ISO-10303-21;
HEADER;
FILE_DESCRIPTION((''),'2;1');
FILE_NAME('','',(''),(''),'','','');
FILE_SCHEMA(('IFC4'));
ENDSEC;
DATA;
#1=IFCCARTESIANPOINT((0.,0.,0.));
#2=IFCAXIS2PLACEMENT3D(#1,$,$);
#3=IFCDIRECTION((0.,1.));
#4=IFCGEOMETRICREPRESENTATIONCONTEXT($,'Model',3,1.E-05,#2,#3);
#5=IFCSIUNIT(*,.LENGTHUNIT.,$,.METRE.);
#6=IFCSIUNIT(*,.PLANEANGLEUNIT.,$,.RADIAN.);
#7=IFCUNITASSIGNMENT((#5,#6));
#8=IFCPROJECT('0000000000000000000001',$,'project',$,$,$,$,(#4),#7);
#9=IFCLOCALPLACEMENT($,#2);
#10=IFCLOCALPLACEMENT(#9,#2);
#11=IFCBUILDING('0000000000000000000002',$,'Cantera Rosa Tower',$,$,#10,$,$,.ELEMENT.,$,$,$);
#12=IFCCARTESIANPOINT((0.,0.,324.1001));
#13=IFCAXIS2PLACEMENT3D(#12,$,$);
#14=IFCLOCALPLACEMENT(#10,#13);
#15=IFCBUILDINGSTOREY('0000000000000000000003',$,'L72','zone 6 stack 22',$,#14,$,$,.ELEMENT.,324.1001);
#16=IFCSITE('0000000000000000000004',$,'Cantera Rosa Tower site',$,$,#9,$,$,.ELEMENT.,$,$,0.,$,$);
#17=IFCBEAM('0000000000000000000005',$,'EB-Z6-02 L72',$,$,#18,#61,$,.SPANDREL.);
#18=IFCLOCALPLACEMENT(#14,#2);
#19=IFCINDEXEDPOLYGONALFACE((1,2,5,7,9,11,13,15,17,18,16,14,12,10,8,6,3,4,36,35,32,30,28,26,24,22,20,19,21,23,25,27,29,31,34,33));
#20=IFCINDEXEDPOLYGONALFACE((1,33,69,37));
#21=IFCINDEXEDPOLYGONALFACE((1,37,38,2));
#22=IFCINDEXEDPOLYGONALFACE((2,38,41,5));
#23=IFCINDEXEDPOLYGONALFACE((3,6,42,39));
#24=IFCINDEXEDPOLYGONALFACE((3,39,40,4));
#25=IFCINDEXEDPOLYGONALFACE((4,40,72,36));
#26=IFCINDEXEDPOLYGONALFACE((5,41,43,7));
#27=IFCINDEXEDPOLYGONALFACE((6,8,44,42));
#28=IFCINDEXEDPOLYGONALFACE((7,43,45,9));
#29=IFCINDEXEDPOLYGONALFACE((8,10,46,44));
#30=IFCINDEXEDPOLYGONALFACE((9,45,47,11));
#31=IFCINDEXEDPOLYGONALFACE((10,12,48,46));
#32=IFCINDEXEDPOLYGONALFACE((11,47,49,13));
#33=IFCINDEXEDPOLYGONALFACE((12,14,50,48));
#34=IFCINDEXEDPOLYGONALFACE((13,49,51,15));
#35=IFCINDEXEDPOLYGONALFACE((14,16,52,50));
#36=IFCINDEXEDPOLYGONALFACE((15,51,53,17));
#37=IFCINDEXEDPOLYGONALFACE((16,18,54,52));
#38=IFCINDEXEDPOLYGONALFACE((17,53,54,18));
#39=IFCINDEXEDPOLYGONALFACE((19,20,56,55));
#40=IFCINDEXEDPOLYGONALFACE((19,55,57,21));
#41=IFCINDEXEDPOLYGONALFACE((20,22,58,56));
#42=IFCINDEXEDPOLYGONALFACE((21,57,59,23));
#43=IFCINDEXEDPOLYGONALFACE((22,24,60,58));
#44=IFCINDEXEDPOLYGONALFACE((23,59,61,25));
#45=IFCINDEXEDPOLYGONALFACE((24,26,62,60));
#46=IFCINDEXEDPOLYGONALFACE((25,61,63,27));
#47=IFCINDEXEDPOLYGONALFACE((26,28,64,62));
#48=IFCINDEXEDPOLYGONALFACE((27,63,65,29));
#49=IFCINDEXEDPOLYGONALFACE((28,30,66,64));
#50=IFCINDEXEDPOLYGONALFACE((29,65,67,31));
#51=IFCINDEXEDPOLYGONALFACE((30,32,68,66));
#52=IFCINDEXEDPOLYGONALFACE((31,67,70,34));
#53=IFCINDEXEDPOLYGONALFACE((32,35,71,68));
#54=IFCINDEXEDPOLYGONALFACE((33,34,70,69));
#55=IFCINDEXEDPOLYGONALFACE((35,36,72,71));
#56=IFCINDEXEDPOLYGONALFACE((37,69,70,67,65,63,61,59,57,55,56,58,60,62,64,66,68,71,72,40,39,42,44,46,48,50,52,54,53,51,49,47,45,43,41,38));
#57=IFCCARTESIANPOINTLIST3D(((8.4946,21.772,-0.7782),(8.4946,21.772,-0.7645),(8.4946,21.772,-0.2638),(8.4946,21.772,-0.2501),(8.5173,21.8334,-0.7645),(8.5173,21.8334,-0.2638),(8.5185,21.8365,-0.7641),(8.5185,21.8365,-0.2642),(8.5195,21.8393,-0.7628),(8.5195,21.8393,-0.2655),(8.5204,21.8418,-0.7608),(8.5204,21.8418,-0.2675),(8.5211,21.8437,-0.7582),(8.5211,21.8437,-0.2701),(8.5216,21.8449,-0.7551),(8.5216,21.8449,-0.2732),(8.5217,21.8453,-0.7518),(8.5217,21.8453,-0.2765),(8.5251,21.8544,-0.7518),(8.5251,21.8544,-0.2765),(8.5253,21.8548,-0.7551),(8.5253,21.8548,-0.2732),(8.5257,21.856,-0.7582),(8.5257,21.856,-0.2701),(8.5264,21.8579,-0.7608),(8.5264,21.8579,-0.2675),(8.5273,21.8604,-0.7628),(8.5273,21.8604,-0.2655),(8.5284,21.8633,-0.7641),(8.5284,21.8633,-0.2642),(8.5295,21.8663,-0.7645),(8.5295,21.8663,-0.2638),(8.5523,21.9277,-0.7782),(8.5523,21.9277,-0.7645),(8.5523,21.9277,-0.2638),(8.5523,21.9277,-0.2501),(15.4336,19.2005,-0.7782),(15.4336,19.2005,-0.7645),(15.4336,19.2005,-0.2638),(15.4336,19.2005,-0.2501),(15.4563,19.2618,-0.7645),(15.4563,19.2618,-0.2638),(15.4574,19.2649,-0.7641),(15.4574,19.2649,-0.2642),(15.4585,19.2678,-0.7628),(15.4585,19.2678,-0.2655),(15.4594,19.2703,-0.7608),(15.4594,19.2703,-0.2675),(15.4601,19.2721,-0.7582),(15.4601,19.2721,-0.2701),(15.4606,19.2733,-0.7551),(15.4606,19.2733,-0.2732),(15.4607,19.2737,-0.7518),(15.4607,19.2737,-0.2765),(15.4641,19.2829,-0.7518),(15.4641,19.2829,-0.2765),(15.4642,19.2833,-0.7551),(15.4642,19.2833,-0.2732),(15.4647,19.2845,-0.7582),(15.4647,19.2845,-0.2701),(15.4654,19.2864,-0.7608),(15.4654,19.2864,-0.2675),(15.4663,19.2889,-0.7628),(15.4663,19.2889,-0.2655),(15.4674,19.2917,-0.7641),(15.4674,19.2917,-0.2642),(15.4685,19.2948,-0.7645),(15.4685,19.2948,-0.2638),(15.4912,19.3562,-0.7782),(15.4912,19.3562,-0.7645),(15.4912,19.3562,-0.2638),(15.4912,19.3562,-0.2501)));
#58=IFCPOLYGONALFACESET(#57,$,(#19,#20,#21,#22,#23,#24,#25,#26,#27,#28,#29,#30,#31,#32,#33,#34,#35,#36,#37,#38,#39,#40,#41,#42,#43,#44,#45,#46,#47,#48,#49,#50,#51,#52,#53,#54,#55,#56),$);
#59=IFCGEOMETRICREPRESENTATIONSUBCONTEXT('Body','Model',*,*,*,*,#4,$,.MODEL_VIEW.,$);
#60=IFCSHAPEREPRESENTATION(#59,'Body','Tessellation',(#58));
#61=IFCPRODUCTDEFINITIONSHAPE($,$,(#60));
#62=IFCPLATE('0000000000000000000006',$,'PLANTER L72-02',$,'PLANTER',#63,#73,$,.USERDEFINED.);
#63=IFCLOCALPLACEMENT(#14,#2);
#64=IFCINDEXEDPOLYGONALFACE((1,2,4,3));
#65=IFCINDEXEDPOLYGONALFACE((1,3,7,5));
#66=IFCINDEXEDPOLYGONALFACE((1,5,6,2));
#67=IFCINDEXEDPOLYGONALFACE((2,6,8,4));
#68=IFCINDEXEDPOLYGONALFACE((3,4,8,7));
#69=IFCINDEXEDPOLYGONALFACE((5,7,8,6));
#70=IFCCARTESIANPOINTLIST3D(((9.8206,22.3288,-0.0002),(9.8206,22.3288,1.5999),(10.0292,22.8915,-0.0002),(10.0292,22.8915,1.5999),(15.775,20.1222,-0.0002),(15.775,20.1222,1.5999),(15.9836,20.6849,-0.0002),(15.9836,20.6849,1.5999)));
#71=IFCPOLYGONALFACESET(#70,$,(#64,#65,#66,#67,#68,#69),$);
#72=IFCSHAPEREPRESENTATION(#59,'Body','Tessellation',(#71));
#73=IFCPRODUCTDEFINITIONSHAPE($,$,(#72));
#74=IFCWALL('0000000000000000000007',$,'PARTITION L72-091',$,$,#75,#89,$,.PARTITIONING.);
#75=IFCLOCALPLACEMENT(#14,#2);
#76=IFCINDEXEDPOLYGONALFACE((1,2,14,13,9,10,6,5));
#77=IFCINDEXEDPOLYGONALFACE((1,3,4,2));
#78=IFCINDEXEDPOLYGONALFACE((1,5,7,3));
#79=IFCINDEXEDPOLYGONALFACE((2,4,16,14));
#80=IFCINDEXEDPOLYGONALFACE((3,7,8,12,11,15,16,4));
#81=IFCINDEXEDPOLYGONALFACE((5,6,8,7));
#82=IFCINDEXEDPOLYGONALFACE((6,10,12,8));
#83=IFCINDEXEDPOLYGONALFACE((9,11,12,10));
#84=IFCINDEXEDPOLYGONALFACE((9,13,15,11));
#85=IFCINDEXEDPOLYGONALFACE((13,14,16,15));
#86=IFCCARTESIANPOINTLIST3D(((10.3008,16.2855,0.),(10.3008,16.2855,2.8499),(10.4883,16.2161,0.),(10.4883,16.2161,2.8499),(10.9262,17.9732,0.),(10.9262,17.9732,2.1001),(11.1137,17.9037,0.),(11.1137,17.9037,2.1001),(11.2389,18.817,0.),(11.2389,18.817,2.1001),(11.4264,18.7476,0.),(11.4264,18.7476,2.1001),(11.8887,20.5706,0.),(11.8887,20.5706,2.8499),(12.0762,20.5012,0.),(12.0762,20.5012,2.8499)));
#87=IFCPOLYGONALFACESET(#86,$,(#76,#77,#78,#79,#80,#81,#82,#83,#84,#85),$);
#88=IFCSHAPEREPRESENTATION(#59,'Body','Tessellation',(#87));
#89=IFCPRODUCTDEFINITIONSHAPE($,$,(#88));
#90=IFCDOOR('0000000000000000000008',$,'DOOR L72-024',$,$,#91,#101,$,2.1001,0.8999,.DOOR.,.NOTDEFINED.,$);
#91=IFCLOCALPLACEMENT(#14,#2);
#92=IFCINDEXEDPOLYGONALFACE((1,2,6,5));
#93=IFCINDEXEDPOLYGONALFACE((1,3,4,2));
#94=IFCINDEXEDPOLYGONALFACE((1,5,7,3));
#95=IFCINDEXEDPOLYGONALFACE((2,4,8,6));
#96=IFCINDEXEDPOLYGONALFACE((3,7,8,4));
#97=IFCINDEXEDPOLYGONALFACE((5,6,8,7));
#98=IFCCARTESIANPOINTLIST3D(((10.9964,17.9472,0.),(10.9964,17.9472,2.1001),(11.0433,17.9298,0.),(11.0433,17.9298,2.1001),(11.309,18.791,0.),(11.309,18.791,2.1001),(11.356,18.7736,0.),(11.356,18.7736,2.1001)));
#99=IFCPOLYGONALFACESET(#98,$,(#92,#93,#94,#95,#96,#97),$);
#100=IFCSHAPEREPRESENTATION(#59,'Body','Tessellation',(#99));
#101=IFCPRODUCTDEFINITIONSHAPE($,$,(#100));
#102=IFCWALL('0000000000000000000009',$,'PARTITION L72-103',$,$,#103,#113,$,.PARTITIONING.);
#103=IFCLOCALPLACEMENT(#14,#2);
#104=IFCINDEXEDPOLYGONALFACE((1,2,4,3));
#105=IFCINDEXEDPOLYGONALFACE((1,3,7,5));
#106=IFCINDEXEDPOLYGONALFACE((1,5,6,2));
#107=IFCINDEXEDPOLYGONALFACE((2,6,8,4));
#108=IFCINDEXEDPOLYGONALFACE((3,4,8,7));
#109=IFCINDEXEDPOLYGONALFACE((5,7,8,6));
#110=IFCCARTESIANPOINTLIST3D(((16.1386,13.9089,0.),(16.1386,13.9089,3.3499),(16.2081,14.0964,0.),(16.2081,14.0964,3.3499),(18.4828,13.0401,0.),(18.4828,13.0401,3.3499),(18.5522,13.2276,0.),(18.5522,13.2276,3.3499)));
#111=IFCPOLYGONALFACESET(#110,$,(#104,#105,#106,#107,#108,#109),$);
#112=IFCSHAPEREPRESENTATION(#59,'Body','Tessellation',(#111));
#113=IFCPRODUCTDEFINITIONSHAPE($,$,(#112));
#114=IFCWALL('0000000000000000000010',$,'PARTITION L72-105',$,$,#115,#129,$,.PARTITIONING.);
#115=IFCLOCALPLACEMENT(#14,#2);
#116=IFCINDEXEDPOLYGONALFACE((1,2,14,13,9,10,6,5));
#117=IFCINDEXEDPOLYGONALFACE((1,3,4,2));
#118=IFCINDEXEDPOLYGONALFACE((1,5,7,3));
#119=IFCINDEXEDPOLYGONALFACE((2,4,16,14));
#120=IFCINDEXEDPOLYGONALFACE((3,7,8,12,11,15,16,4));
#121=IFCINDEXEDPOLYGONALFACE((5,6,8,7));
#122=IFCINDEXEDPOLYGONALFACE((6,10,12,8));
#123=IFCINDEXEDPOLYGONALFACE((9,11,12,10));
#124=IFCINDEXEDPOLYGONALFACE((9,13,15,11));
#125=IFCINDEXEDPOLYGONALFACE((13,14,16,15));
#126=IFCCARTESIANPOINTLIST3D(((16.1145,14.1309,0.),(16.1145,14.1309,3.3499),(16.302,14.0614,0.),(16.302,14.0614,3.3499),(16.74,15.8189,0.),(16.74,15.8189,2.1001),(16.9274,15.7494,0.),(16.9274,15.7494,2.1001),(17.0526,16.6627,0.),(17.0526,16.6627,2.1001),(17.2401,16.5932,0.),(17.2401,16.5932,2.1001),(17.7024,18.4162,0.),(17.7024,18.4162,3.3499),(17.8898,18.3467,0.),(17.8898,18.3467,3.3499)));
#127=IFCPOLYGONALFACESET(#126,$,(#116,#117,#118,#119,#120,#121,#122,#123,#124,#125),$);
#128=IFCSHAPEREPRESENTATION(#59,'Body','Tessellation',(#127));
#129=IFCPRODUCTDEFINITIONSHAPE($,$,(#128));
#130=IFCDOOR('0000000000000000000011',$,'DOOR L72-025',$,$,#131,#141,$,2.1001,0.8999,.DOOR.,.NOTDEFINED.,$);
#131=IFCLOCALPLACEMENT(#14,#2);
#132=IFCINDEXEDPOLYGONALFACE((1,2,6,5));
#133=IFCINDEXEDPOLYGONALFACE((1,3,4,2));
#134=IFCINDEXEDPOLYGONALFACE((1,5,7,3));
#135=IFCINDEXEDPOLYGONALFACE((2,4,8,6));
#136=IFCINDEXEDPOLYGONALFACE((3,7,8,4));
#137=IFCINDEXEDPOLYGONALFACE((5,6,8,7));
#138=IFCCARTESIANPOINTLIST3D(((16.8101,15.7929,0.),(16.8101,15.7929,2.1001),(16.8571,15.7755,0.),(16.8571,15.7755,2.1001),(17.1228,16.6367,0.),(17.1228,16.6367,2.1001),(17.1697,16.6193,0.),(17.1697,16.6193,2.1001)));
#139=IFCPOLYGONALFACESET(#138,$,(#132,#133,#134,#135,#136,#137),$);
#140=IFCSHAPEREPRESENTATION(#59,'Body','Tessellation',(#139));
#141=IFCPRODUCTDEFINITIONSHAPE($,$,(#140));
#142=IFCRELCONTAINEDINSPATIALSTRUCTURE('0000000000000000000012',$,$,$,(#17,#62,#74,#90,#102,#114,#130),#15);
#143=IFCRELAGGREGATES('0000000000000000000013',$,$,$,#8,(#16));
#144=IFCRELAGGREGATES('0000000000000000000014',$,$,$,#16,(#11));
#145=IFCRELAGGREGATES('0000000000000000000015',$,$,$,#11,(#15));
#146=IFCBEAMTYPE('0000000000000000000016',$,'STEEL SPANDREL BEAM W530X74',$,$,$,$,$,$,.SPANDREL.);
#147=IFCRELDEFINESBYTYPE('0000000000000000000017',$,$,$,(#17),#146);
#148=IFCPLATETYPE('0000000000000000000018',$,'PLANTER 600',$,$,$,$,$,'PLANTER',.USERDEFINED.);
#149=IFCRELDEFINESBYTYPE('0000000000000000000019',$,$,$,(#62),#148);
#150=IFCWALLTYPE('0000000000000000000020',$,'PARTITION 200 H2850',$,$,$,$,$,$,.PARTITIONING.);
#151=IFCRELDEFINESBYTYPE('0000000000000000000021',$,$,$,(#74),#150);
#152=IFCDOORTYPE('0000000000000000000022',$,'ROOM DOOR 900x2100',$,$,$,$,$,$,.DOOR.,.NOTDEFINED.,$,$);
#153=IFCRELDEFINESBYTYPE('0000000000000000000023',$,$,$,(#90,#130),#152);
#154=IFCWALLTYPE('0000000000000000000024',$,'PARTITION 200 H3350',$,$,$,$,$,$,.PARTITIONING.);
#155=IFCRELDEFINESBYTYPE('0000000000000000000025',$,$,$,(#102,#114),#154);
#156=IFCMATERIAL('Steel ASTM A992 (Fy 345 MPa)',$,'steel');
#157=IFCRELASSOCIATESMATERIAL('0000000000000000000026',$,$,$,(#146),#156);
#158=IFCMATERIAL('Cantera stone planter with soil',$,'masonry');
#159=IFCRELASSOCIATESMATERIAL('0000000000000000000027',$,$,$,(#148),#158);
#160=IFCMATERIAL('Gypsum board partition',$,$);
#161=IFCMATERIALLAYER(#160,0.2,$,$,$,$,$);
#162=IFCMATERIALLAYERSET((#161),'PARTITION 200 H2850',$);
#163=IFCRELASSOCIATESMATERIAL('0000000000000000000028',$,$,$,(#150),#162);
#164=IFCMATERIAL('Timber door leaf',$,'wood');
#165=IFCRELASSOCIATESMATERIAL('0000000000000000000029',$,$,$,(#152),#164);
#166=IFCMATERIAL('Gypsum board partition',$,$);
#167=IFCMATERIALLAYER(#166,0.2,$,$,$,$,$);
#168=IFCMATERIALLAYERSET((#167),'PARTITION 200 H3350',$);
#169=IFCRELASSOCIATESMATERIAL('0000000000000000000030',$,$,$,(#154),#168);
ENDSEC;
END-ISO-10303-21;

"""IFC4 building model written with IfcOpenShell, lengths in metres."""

from ifc_helpers import new_model, si_unit, direction, frame, frame_2d, origin, origin_2d, place, context, subcontext, project, spatial, rectangle, i_section, extrude, material, layer, layer_set, material_profile, profile_set, type_object, element, fill, save


model = new_model("IFC4")

# Units and contexts
model_context = context("Model", 3, precision=1e-05, world=origin(), true_north=direction((0.0, 1.0)))
body_context = subcontext(model_context, "Body", "Model", "MODEL_VIEW")
ifc_project = project(units=[si_unit("LENGTHUNIT", "METRE"), si_unit("PLANEANGLEUNIT", "RADIAN")], contexts=[model_context])

# Site, building, storey
site_placement = place(None, origin())
site = spatial("IfcSite", under=ifc_project, at=site_placement, Name="Cantera Rosa Tower site", CompositionType="ELEMENT", RefElevation=0.0)
building_placement = place(site_placement, origin())
building = spatial("IfcBuilding", under=site, at=building_placement, Name="Cantera Rosa Tower", CompositionType="ELEMENT")
storey_placement = place(building_placement, frame((0.0, 0.0, 324.1001)))
storey = spatial("IfcBuildingStorey", under=building, at=storey_placement, Name="L72", Description="zone 6 stack 22", CompositionType="ELEMENT", Elevation=324.1001)

# Beam
ifc_material_1 = material(Name="Steel ASTM A992 (Fy 345 MPa)", Category="steel")
ifc_material_profile_1 = material_profile(ifc_material_1, i_section(OverallWidth=0.166, OverallDepth=0.5281, WebThickness=0.0098, FlangeThickness=0.0137, FilletRadius=0.0127, at=origin_2d()), Name="W530X74")
ifc_profile_set_1 = profile_set([ifc_material_profile_1], Name="Steel ASTM A992 (Fy 345 MPa)")
beam_type_1 = type_object("IfcBeamType", Name="STEEL SPANDREL BEAM W530X74", PredefinedType="SPANDREL", material=ifc_profile_set_1)
beam_1_placement = place(storey_placement, frame((15.4624, 19.2783, -0.5142), z_axis=(-0.937681, 0.347498, 0.0), x_axis=(-0.347498, -0.937681, 0.0)))
element("IfcBeam", 1, at=beam_1_placement, inside=storey, type_object=beam_type_1, Name="EB-Z6-02 L72", PredefinedType="SPANDREL", context=body_context, shape_type="SweptSolid", body=[
    extrude(i_section(OverallWidth=0.166, OverallDepth=0.5281, WebThickness=0.0098, FlangeThickness=0.0137, FilletRadius=0.0127, at=origin_2d()), origin(), (0.0, 0.0, 1.0), 7.4001),
])

# Plate
ifc_material_2 = material(Name="Cantera stone planter with soil", Category="masonry")
plate_type = type_object("IfcPlateType", Name="PLANTER 600", ElementType="PLANTER", PredefinedType="USERDEFINED", material=ifc_material_2)
plate_placement = place(storey_placement, frame((12.9021, 21.5068, -0.0002), z_axis=(0.0, 0.0, 1.0), x_axis=(-0.937687, 0.347481, 0.0)))
element("IfcPlate", 2, at=plate_placement, inside=storey, type_object=plate_type, Name="PLANTER L72-02", ObjectType="PLANTER", PredefinedType="USERDEFINED", context=body_context, shape_type="SweptSolid", body=[
    extrude(rectangle(XDim=6.3501, YDim=0.6001, at=origin_2d()), origin(), (0.0, 0.0, 1.0), 1.6001),
])

# Wall, opening, door
ifc_material_3 = material(Name="Gypsum board partition")
ifc_layer_1 = layer(ifc_material_3, 0.2)
ifc_layer_set_1 = layer_set([ifc_layer_1], Name="PARTITION 200 H2850")
wall_type_1 = type_object("IfcWallType", Name="PARTITION 200 H2850", PredefinedType="PARTITIONING", material=ifc_layer_set_1)
wall_1_placement = place(storey_placement, frame((11.9824, 20.5359, 0.0), z_axis=(0.0, 0.0, 1.0), x_axis=(-0.347467, -0.937692, 0.0)))
wall_1 = element("IfcWall", 3, at=wall_1_placement, inside=storey, type_object=wall_type_1, Name="PARTITION L72-091", PredefinedType="PARTITIONING", context=body_context, shape_type="SweptSolid", body=[
    extrude(rectangle(XDim=4.5698, YDim=0.2, at=frame_2d((2.2849, 0.0))), origin(), (0.0, 0.0, 1.0), 2.8499),
])
opening_1_placement = place(wall_1_placement, frame((1.8701, 0.0, 0.0)))
opening_1 = element("IfcOpeningElement", 4, at=opening_1_placement, cuts=wall_1, PredefinedType="OPENING", context=body_context, shape_type="SweptSolid", body=[
    extrude(rectangle(XDim=0.8999, YDim=2.1001, at=frame_2d((0.45, 1.05))), frame((0.0, 0.1099, 0.0), z_axis=(0.0, -1.0, 0.0), x_axis=(1.0, 0.0, 0.0)), (0.0, 0.0, 1.0), 0.22),
])
ifc_material_4 = material(Name="Timber door leaf", Category="wood")
door_type_1 = type_object("IfcDoorType", Name="ROOM DOOR 900x2100", OperationType="NOTDEFINED", PredefinedType="DOOR", material=ifc_material_4)
door_1_placement = place(opening_1_placement, origin())
door_1 = element("IfcDoor", 5, at=door_1_placement, inside=storey, type_object=door_type_1, Name="DOOR L72-024", OperationType="NOTDEFINED", OverallHeight=2.1001, OverallWidth=0.8999, PredefinedType="DOOR", context=body_context, shape_type="SweptSolid", body=[
    extrude(rectangle(XDim=0.8999, YDim=2.1001, at=frame_2d((0.45, 1.05))), frame((0.0, 0.0249, 0.0), z_axis=(0.0, -1.0, 0.0), x_axis=(1.0, 0.0, 0.0)), (0.0, 0.0, 1.0), 0.05),
])
fill(opening_1, door_1)

# Wall
ifc_material_5 = material(Name="Gypsum board partition")
ifc_layer_2 = layer(ifc_material_5, 0.2)
ifc_layer_set_2 = layer_set([ifc_layer_2], Name="PARTITION 200 H3350")
wall_type_2 = type_object("IfcWallType", Name="PARTITION 200 H3350", PredefinedType="PARTITIONING", material=ifc_layer_set_2)
wall_2_placement = place(storey_placement, frame((16.1733, 14.0027, 0.0), z_axis=(0.0, 0.0, 1.0), x_axis=(0.937663, -0.347547, 0.0)))
element("IfcWall", 6, at=wall_2_placement, inside=storey, type_object=wall_type_2, Name="PARTITION L72-103", PredefinedType="PARTITIONING", context=body_context, shape_type="SweptSolid", body=[
    extrude(rectangle(XDim=2.5, YDim=0.2, at=frame_2d((1.25, 0.0))), origin(), (0.0, 0.0, 1.0), 3.3499),
])

# Wall, opening, door
wall_3_placement = place(storey_placement, frame((17.7961, 18.3816, 0.0), z_axis=(0.0, 0.0, 1.0), x_axis=(-0.34745, -0.937698, 0.0)))
wall_3 = element("IfcWall", 7, at=wall_3_placement, inside=storey, type_object=wall_type_2, Name="PARTITION L72-105", PredefinedType="PARTITIONING", context=body_context, shape_type="SweptSolid", body=[
    extrude(rectangle(XDim=4.5701, YDim=0.2, at=frame_2d((2.2852, 0.0))), origin(), (0.0, 0.0, 1.0), 3.3499),
])
opening_2_placement = place(wall_3_placement, frame((1.8701, 0.0, 0.0)))
opening_2 = element("IfcOpeningElement", 8, at=opening_2_placement, cuts=wall_3, PredefinedType="OPENING", context=body_context, shape_type="SweptSolid", body=[
    extrude(rectangle(XDim=0.8999, YDim=2.1001, at=frame_2d((0.45, 1.05))), frame((0.0, 0.1099, 0.0), z_axis=(0.0, -1.0, 0.0), x_axis=(1.0, 0.0, 0.0)), (0.0, 0.0, 1.0), 0.22),
])
door_2_placement = place(opening_2_placement, origin())
door_2 = element("IfcDoor", 9, at=door_2_placement, inside=storey, type_object=door_type_1, Name="DOOR L72-025", OperationType="NOTDEFINED", OverallHeight=2.1001, OverallWidth=0.8999, PredefinedType="DOOR", context=body_context, shape_type="SweptSolid", body=[
    extrude(rectangle(XDim=0.8999, YDim=2.1001, at=frame_2d((0.45, 1.05))), frame((0.0, 0.0249, 0.0), z_axis=(0.0, -1.0, 0.0), x_axis=(1.0, 0.0, 0.0)), (0.0, 0.0, 1.0), 0.05),
])
fill(opening_2, door_2)

save(model, "model.ifc")
